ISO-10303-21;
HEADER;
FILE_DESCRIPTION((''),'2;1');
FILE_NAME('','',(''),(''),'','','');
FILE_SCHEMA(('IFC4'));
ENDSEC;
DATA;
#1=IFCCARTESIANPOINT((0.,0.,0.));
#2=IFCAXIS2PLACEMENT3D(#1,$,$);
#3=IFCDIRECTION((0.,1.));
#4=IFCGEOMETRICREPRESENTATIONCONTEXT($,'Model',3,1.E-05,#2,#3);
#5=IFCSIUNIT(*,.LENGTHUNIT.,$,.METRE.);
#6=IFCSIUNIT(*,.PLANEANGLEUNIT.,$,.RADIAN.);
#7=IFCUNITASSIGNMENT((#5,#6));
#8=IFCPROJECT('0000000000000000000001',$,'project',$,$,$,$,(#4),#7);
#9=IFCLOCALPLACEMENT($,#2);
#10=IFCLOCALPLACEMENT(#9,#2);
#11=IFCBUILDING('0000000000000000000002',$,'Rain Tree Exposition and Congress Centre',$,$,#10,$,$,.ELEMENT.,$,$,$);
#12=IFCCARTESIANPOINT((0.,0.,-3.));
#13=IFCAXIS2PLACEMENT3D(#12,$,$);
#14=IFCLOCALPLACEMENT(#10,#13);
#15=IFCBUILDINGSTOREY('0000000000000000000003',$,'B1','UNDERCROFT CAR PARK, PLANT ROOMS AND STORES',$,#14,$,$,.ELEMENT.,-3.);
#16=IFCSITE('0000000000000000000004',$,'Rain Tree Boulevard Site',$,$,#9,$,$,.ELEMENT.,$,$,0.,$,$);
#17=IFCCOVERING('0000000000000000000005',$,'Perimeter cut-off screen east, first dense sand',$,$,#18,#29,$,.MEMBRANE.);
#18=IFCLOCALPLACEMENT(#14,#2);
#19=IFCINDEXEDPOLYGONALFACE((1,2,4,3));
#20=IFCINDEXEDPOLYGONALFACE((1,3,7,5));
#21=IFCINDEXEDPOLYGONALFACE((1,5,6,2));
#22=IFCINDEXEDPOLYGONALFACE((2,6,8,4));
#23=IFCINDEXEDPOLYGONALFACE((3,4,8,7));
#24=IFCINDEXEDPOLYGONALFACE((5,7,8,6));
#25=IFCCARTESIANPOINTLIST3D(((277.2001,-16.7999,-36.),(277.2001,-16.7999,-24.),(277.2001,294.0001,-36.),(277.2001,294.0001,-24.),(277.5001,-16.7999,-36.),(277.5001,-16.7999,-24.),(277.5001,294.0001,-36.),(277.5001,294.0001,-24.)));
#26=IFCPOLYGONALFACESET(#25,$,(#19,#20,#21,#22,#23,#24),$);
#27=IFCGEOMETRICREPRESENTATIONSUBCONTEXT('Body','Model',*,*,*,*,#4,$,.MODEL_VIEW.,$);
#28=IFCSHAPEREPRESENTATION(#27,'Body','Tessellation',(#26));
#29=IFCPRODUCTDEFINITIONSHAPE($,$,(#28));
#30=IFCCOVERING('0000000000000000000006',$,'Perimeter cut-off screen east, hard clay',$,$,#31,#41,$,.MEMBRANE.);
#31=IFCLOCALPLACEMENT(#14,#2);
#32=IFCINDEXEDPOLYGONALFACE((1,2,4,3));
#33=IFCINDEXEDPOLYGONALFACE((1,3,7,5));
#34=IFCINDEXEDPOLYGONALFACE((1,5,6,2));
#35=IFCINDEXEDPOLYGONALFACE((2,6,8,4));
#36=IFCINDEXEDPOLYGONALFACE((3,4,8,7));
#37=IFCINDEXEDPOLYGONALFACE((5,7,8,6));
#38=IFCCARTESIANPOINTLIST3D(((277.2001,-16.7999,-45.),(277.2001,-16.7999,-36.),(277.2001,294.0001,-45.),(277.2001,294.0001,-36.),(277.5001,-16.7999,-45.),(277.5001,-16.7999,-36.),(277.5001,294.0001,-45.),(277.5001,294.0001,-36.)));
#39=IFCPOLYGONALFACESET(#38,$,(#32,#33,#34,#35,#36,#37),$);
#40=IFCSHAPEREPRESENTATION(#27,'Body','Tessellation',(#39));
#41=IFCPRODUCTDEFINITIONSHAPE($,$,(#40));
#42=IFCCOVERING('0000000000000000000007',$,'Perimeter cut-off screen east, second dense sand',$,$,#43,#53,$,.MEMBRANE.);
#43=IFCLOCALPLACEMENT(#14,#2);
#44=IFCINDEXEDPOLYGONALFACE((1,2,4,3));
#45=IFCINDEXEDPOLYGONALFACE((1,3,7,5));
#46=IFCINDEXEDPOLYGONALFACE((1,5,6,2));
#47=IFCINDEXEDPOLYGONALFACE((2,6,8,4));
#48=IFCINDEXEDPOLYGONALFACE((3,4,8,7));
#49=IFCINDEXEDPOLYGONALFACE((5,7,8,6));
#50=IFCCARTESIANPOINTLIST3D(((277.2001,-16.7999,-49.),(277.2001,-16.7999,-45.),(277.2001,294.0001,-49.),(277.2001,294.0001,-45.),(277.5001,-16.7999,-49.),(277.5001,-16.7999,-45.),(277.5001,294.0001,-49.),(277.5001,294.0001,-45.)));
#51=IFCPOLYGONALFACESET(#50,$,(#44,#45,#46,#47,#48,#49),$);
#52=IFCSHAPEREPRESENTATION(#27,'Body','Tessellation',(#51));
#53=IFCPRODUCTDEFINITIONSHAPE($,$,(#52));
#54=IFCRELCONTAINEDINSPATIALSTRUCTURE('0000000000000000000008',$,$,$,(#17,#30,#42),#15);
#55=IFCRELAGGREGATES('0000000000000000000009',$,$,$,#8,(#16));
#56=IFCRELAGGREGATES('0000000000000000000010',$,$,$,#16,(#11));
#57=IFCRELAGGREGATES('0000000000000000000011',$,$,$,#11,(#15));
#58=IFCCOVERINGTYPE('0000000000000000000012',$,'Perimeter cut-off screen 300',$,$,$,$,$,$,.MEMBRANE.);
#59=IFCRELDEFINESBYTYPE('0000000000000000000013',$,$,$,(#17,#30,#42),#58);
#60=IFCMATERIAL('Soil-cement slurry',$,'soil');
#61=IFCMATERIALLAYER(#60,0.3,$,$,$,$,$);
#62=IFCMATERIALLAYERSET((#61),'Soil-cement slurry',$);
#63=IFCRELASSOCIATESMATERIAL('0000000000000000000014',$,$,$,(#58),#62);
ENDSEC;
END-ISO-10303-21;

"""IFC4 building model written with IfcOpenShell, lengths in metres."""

from ifc_helpers import new_model, si_unit, direction, frame, origin, origin_2d, place, context, subcontext, project, spatial, rectangle, extrude, material, layer, layer_set, type_object, element, save


model = new_model("IFC4")

# Units and contexts
model_context = context("Model", 3, precision=1e-05, world=origin(), true_north=direction((0.0, 1.0)))
body_context = subcontext(model_context, "Body", "Model", "MODEL_VIEW")
ifc_project = project(units=[si_unit("LENGTHUNIT", "METRE"), si_unit("PLANEANGLEUNIT", "RADIAN")], contexts=[model_context])

# Site, building, storey
site_placement = place(None, origin())
site = spatial("IfcSite", under=ifc_project, at=site_placement, Name="Rain Tree Boulevard Site", CompositionType="ELEMENT", RefElevation=0.0)
building_placement = place(site_placement, origin())
building = spatial("IfcBuilding", under=site, at=building_placement, Name="Rain Tree Exposition and Congress Centre", CompositionType="ELEMENT")
storey_placement = place(building_placement, frame((0.0, 0.0, -3.0)))
storey = spatial("IfcBuildingStorey", under=building, at=storey_placement, Name="B1", Description="UNDERCROFT CAR PARK, PLANT ROOMS AND STORES", CompositionType="ELEMENT", Elevation=-3.0)

# Coverings
ifc_material_1 = material(Name="Soil-cement slurry", Category="soil")
ifc_layer_1 = layer(ifc_material_1, 0.3)
ifc_layer_set_1 = layer_set([ifc_layer_1], Name="Soil-cement slurry")
covering_type_1 = type_object("IfcCoveringType", Name="Perimeter cut-off screen 300", PredefinedType="MEMBRANE", material=ifc_layer_set_1)
covering_1_placement = place(storey_placement, frame((277.3501, 138.6001, -36.0), z_axis=(0.0, 0.0, 1.0), x_axis=(1.0, 0.0, 0.0)))
element("IfcCovering", 1, at=covering_1_placement, inside=storey, type_object=covering_type_1, Name="Perimeter cut-off screen east, first dense sand", PredefinedType="MEMBRANE", context=body_context, shape_type="SweptSolid", body=[
    extrude(rectangle(XDim=0.3, YDim=310.8, at=origin_2d()), origin(), (0.0, 0.0, 1.0), 12.0),
])
covering_2_placement = place(storey_placement, frame((277.3501, 138.6001, -45.0), z_axis=(0.0, 0.0, 1.0), x_axis=(1.0, 0.0, 0.0)))
element("IfcCovering", 2, at=covering_2_placement, inside=storey, type_object=covering_type_1, Name="Perimeter cut-off screen east, hard clay", PredefinedType="MEMBRANE", context=body_context, shape_type="SweptSolid", body=[
    extrude(rectangle(XDim=0.3, YDim=310.8, at=origin_2d()), origin(), (0.0, 0.0, 1.0), 9.0),
])
covering_3_placement = place(storey_placement, frame((277.3501, 138.6001, -49.0), z_axis=(0.0, 0.0, 1.0), x_axis=(1.0, 0.0, 0.0)))
element("IfcCovering", 3, at=covering_3_placement, inside=storey, type_object=covering_type_1, Name="Perimeter cut-off screen east, second dense sand", PredefinedType="MEMBRANE", context=body_context, shape_type="SweptSolid", body=[
    extrude(rectangle(XDim=0.3, YDim=310.8, at=origin_2d()), origin(), (0.0, 0.0, 1.0), 4.0),
])

save(model, "model.ifc")
